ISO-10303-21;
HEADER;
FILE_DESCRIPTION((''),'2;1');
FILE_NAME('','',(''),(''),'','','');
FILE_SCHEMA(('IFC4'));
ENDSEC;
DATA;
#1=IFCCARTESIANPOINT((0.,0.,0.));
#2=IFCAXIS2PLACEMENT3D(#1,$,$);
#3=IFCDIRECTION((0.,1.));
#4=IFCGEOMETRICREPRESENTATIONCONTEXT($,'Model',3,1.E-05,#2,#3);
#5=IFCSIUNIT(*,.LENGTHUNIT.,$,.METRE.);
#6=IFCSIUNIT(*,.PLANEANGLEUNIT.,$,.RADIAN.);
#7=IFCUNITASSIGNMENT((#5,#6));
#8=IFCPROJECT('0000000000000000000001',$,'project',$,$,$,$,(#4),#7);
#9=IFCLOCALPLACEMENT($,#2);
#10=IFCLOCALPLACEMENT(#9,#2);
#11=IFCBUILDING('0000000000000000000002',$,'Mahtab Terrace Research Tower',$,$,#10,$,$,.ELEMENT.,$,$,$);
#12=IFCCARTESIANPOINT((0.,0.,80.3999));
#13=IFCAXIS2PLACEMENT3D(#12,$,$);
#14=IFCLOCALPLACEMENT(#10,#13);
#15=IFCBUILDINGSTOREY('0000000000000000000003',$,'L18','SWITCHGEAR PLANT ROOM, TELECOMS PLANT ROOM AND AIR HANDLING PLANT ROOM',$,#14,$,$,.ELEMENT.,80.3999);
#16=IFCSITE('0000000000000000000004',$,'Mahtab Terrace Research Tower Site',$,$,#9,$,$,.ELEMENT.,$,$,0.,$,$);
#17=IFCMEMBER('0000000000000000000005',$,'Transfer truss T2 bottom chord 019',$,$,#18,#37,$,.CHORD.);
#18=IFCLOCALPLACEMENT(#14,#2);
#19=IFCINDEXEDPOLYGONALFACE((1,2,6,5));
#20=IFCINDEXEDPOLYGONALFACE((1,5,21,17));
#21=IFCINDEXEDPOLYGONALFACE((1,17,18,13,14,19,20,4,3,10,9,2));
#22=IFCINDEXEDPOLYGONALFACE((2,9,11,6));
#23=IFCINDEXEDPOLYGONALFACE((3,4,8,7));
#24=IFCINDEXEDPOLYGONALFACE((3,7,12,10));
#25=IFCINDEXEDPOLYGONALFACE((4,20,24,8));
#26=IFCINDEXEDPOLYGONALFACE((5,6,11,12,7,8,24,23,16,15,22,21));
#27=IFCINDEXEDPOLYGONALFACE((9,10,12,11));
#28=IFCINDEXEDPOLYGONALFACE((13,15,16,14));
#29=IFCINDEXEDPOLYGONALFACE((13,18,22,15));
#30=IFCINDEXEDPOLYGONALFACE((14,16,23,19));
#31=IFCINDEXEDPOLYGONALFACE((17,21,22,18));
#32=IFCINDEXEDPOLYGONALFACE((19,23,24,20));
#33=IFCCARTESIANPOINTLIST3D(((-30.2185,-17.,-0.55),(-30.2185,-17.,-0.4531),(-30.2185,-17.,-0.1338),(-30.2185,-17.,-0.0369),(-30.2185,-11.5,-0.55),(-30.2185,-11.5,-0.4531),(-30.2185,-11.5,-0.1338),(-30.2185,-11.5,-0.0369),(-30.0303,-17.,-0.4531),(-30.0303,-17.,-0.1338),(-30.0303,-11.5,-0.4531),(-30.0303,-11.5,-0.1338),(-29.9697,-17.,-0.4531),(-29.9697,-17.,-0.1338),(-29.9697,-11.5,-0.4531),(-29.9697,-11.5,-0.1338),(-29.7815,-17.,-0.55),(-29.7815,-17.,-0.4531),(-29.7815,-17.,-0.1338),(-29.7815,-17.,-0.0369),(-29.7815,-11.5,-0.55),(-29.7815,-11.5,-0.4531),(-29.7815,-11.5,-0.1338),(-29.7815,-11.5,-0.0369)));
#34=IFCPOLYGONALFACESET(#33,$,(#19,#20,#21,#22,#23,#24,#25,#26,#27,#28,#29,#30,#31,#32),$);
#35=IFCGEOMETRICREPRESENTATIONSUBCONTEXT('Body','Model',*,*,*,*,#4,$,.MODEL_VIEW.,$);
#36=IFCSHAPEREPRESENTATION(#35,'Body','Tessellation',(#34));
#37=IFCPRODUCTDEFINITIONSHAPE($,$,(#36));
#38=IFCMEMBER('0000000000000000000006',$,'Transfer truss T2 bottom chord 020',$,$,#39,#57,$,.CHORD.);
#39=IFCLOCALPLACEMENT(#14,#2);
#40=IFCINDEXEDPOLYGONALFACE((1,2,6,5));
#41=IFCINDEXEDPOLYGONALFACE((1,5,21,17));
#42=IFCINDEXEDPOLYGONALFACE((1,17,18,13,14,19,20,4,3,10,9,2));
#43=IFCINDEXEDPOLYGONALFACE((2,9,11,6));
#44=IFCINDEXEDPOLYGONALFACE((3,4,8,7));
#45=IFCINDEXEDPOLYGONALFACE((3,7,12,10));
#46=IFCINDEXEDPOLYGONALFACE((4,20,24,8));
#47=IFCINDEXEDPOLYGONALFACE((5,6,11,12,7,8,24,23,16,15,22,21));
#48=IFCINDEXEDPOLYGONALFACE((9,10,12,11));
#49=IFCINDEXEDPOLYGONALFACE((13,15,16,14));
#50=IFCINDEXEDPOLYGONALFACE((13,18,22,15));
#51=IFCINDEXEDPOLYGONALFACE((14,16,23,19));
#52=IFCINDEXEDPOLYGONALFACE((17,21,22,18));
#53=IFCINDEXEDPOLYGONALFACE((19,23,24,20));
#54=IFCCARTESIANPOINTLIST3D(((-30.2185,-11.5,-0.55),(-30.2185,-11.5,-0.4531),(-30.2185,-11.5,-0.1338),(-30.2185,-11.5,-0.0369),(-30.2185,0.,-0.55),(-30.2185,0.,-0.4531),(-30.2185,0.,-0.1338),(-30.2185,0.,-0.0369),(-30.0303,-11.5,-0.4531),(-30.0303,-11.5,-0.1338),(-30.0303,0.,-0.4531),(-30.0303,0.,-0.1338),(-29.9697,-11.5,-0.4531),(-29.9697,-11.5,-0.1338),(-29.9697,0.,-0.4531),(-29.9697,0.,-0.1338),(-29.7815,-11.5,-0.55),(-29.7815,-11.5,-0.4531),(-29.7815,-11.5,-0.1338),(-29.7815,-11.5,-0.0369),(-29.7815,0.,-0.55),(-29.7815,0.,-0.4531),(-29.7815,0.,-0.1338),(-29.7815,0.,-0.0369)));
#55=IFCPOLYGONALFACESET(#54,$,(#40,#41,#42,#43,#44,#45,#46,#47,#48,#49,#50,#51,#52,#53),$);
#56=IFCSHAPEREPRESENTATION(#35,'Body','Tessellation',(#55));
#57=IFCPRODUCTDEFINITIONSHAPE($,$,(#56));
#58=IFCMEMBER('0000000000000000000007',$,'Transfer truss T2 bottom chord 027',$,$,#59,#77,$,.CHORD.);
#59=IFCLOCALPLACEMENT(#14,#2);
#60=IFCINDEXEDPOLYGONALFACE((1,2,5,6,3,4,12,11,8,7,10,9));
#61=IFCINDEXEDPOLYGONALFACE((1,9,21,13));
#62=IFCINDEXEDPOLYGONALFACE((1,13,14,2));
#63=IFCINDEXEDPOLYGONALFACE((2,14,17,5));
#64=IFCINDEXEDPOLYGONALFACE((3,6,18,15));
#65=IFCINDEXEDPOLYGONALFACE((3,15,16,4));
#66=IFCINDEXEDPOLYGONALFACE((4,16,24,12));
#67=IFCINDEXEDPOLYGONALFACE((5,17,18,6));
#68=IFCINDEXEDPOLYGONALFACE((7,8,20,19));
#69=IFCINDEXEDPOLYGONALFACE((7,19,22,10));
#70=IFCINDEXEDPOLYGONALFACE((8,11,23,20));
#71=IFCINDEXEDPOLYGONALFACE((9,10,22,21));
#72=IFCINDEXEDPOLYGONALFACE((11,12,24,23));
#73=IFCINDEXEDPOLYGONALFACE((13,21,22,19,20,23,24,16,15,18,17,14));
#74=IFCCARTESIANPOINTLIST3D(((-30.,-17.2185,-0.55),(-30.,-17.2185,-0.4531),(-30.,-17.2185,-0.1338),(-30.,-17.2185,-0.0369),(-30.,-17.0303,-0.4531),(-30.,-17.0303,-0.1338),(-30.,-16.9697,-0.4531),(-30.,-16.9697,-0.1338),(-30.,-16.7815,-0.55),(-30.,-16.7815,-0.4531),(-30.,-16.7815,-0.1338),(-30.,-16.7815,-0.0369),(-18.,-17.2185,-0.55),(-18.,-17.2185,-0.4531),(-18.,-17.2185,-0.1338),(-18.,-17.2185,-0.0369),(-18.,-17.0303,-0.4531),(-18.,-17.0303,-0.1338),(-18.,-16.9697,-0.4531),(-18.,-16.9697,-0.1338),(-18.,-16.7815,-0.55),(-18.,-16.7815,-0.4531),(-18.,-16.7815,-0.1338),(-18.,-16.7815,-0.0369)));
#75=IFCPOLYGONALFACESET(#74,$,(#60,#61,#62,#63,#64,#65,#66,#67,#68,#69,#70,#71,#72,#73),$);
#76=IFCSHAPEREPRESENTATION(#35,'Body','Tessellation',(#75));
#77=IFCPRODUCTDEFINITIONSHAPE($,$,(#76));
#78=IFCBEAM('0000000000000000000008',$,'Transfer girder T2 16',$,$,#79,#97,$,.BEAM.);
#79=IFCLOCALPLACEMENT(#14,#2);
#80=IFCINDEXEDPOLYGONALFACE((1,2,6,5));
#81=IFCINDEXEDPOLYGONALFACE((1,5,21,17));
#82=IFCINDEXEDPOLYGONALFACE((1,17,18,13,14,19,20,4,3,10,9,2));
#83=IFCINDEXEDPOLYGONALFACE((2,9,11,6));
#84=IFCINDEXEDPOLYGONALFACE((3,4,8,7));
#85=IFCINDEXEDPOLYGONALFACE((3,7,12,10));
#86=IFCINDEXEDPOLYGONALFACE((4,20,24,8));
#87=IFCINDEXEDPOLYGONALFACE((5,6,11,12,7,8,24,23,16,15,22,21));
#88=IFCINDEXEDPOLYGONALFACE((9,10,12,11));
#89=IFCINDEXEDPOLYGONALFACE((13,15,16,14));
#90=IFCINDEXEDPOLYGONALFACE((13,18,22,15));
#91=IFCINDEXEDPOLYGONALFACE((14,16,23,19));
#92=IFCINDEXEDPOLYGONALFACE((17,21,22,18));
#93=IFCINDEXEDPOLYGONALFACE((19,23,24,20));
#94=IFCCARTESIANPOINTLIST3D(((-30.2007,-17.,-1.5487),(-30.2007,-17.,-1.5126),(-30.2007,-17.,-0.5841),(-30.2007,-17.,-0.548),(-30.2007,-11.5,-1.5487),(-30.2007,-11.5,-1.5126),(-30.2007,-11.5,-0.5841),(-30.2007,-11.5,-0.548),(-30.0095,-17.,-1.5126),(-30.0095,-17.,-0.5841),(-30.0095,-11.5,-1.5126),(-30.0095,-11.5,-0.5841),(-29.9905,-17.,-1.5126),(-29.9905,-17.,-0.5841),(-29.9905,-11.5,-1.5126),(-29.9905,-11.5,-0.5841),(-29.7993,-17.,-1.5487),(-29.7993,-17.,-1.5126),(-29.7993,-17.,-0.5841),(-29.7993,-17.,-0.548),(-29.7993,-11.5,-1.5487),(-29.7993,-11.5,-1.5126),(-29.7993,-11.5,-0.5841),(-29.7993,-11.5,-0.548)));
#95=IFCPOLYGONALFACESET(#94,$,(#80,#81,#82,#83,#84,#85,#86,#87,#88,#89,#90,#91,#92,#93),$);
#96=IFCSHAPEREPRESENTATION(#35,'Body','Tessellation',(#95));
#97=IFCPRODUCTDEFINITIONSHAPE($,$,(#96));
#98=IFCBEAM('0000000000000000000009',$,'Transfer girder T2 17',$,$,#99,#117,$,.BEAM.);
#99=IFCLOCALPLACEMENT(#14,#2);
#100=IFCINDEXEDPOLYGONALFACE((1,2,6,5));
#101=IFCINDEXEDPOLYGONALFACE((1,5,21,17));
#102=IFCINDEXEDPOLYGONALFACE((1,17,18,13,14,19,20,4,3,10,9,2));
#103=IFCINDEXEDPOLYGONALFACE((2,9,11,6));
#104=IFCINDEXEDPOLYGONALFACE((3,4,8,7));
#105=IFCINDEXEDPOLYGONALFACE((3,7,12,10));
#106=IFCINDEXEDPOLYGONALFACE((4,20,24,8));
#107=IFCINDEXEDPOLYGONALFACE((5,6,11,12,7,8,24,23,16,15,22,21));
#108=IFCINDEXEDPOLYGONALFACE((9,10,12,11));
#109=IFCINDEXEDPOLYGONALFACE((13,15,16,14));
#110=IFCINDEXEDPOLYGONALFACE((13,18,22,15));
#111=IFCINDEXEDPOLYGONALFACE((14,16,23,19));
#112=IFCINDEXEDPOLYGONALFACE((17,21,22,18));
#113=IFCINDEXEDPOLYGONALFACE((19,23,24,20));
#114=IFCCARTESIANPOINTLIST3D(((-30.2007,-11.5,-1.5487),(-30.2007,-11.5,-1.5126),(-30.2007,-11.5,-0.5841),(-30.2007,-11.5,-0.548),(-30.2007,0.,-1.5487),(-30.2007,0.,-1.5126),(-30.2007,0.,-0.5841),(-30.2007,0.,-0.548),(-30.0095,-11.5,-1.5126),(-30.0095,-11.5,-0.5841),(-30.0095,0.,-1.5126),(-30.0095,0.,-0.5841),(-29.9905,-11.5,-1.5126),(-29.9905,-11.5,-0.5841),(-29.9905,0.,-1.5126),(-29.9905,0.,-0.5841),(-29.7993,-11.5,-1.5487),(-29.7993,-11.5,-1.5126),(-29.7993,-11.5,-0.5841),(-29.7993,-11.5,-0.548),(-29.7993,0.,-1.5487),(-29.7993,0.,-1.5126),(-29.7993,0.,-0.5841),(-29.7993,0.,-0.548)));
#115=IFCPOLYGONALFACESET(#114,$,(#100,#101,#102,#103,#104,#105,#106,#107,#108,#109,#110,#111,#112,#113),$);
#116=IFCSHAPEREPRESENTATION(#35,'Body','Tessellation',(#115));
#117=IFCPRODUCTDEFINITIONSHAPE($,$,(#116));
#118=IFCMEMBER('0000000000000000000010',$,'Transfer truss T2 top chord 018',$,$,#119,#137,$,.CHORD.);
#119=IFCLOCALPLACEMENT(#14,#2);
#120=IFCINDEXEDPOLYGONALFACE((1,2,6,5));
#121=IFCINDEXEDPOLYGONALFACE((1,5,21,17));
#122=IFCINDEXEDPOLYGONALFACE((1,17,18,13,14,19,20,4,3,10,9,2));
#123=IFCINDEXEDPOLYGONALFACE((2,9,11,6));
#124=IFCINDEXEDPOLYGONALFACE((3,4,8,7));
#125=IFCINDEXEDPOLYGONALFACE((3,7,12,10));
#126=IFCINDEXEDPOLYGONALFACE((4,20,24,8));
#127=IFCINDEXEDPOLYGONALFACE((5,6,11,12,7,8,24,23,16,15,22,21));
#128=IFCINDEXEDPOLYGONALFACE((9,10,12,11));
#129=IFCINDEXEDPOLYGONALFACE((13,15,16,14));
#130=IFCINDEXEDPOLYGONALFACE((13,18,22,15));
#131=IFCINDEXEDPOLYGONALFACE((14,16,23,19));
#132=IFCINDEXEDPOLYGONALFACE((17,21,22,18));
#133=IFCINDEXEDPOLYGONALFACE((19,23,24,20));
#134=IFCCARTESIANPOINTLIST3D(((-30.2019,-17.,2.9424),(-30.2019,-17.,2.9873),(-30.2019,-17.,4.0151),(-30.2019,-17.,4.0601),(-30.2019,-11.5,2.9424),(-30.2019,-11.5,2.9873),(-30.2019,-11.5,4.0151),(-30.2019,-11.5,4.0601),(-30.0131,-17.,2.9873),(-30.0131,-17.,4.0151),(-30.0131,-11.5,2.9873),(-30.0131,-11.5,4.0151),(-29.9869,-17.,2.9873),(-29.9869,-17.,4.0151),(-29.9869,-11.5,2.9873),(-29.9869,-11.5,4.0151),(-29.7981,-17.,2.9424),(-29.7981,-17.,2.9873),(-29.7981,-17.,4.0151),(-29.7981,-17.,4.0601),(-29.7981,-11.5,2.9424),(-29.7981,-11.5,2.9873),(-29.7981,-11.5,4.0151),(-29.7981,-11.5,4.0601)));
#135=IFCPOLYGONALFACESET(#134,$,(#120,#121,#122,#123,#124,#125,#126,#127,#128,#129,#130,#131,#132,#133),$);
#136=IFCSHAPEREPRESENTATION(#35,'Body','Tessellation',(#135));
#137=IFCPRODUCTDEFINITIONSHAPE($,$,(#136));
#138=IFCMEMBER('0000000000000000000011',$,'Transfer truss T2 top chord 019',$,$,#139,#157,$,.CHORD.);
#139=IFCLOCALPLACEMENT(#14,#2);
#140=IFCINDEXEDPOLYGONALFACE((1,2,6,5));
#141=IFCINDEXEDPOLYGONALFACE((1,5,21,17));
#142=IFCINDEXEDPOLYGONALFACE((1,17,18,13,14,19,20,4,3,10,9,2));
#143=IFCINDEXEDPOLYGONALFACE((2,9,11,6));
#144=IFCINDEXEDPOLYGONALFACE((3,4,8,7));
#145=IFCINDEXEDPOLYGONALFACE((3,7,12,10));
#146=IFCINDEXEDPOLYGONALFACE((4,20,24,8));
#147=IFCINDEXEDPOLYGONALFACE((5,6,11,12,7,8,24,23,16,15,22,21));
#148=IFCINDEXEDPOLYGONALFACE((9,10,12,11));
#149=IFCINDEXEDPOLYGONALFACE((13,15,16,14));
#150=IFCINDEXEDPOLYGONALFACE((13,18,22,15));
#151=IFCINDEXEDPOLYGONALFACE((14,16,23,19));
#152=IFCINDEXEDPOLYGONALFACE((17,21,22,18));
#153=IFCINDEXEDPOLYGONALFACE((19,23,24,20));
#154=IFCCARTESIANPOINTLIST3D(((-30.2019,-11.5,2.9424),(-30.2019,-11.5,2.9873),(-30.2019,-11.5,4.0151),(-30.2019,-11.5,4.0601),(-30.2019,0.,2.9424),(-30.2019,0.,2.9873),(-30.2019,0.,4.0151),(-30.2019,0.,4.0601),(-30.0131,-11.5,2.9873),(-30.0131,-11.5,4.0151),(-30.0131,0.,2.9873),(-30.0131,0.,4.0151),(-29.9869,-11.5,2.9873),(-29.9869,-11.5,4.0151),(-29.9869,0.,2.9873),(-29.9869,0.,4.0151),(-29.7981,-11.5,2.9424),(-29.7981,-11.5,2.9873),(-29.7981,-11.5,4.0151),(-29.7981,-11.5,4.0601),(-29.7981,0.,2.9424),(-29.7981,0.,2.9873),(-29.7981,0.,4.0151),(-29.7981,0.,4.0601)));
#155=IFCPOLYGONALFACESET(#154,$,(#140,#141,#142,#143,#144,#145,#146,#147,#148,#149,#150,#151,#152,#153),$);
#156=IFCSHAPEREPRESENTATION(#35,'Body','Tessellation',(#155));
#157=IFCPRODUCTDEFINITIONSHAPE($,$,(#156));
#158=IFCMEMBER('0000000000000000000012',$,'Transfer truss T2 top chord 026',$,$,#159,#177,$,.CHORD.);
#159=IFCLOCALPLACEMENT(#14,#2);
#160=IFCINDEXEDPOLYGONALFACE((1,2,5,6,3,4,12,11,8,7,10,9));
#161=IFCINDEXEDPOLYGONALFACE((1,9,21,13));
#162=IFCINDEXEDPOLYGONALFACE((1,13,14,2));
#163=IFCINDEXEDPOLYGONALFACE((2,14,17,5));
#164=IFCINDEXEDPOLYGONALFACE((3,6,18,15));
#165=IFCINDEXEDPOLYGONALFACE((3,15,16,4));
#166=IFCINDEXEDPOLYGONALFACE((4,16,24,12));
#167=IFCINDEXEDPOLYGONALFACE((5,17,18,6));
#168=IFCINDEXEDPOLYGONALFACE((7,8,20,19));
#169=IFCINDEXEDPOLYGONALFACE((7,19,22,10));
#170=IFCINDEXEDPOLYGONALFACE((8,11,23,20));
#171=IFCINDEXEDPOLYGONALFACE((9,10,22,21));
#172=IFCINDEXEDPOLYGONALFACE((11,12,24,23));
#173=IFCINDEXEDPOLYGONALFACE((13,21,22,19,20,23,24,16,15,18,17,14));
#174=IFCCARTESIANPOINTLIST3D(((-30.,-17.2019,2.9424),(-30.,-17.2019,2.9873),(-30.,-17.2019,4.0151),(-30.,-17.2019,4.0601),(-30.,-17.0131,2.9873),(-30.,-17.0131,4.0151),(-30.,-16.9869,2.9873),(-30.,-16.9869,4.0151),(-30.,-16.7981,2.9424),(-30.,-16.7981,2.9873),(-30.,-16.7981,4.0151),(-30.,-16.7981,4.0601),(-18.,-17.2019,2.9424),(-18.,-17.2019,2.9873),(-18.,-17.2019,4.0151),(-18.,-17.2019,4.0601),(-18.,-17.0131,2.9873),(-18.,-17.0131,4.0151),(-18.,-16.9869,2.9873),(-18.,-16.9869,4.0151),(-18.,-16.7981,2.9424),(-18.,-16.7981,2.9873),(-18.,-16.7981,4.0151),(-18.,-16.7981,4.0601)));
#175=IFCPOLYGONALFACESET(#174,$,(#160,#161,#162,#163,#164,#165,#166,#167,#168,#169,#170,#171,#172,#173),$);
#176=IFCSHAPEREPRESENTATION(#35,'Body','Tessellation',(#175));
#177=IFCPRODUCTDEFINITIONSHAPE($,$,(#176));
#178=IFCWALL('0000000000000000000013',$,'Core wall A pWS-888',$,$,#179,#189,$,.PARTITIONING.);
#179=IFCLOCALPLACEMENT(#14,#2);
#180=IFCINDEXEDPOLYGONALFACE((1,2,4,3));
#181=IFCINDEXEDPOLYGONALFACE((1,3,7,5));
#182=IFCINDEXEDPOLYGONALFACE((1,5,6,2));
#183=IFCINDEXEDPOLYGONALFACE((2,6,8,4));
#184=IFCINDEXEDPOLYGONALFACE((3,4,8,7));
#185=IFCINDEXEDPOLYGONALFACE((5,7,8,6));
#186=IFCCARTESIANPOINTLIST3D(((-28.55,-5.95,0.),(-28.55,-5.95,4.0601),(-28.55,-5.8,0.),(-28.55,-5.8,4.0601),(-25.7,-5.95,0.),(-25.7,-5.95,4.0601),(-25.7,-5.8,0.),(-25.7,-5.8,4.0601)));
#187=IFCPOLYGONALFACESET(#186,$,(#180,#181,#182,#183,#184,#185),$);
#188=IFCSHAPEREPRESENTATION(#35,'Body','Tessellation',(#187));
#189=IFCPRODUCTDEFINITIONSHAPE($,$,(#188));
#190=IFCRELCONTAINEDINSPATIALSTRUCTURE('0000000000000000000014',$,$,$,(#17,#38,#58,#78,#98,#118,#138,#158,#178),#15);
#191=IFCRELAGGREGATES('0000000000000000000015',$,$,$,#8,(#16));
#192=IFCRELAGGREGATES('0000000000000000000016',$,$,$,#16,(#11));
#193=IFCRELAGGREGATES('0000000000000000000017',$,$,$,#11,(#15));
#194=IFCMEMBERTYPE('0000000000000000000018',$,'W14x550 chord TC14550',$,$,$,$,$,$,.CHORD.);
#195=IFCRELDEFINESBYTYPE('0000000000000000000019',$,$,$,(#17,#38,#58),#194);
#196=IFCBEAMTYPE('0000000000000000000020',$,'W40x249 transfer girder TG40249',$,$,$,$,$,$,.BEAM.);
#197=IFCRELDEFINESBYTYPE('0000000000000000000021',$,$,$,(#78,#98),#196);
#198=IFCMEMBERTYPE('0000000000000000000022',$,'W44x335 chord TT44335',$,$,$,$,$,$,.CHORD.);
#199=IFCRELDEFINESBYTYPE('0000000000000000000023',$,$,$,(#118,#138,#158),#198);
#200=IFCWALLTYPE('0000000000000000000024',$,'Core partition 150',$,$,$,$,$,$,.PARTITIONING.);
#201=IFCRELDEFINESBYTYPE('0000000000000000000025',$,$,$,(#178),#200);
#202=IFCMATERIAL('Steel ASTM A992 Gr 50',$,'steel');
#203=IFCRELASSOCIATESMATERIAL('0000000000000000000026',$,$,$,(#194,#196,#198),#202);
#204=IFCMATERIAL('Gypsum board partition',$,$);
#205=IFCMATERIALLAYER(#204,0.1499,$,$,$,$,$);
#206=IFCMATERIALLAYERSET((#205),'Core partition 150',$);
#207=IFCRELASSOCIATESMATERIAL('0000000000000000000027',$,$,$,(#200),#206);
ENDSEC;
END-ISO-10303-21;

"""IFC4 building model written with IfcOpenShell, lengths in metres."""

from ifc_helpers import new_model, si_unit, direction, frame, frame_2d, origin, origin_2d, place, context, subcontext, project, spatial, rectangle, i_section, extrude, material, layer, layer_set, material_profile, profile_set, type_object, element, save


model = new_model("IFC4")

# Units and contexts
model_context = context("Model", 3, precision=1e-05, world=origin(), true_north=direction((0.0, 1.0)))
body_context = subcontext(model_context, "Body", "Model", "MODEL_VIEW")
ifc_project = project(units=[si_unit("LENGTHUNIT", "METRE"), si_unit("PLANEANGLEUNIT", "RADIAN")], contexts=[model_context])

# Site, building, storey
site_placement = place(None, origin())
site = spatial("IfcSite", under=ifc_project, at=site_placement, Name="Mahtab Terrace Research Tower Site", CompositionType="ELEMENT", RefElevation=0.0)
building_placement = place(site_placement, origin())
building = spatial("IfcBuilding", under=site, at=building_placement, Name="Mahtab Terrace Research Tower", CompositionType="ELEMENT")
storey_placement = place(building_placement, frame((0.0, 0.0, 80.3999)))
storey = spatial("IfcBuildingStorey", under=building, at=storey_placement, Name="L18", Description="SWITCHGEAR PLANT ROOM, TELECOMS PLANT ROOM AND AIR HANDLING PLANT ROOM", CompositionType="ELEMENT", Elevation=80.3999)

# Shared definitions
ifc_material_1 = material(Name="Steel ASTM A992 Gr 50", Category="steel")

# Members
ifc_material_profile_1 = material_profile(ifc_material_1, i_section(OverallWidth=0.437, OverallDepth=0.5132, WebThickness=0.0605, FlangeThickness=0.0969, at=origin_2d()), Name="W14X550")
ifc_profile_set_1 = profile_set([ifc_material_profile_1], Name="Steel ASTM A992 Gr 50")
member_type_1 = type_object("IfcMemberType", Name="W14x550 chord TC14550", PredefinedType="CHORD", material=ifc_profile_set_1)
member_1_placement = place(storey_placement, frame((-30.0, -17.0, -0.2935), z_axis=(0.0, 1.0, 0.0), x_axis=(-1.0, 0.0, 0.0)))
element("IfcMember", 1, at=member_1_placement, inside=storey, type_object=member_type_1, Name="Transfer truss T2 bottom chord 019", PredefinedType="CHORD", context=body_context, shape_type="SweptSolid", body=[
    extrude(i_section(OverallWidth=0.437, OverallDepth=0.5132, WebThickness=0.0605, FlangeThickness=0.0969, at=origin_2d()), origin(), (0.0, 0.0, 1.0), 5.5),
])
member_2_placement = place(storey_placement, frame((-30.0, -11.5, -0.2935), z_axis=(0.0, 1.0, 0.0), x_axis=(-1.0, 0.0, 0.0)))
element("IfcMember", 2, at=member_2_placement, inside=storey, type_object=member_type_1, Name="Transfer truss T2 bottom chord 020", PredefinedType="CHORD", context=body_context, shape_type="SweptSolid", body=[
    extrude(i_section(OverallWidth=0.437, OverallDepth=0.5132, WebThickness=0.0605, FlangeThickness=0.0969, at=origin_2d()), origin(), (0.0, 0.0, 1.0), 11.5),
])
member_3_placement = place(storey_placement, frame((-30.0, -17.0, -0.2935), z_axis=(1.0, 0.0, 0.0), x_axis=(0.0, 1.0, 0.0)))
element("IfcMember", 3, at=member_3_placement, inside=storey, type_object=member_type_1, Name="Transfer truss T2 bottom chord 027", PredefinedType="CHORD", context=body_context, shape_type="SweptSolid", body=[
    extrude(i_section(OverallWidth=0.437, OverallDepth=0.5132, WebThickness=0.0605, FlangeThickness=0.0969, at=origin_2d()), origin(), (0.0, 0.0, 1.0), 12.0),
])

# Beams
ifc_material_profile_2 = material_profile(ifc_material_1, i_section(OverallWidth=0.4014, OverallDepth=1.0007, WebThickness=0.019, FlangeThickness=0.0361, at=origin_2d()), Name="W40X249")
ifc_profile_set_2 = profile_set([ifc_material_profile_2], Name="Steel ASTM A992 Gr 50")
beam_type = type_object("IfcBeamType", Name="W40x249 transfer girder TG40249", PredefinedType="BEAM", material=ifc_profile_set_2)
beam_1_placement = place(storey_placement, frame((-30.0, -17.0, -1.0483), z_axis=(0.0, 1.0, 0.0), x_axis=(-1.0, 0.0, 0.0)))
element("IfcBeam", 4, at=beam_1_placement, inside=storey, type_object=beam_type, Name="Transfer girder T2 16", PredefinedType="BEAM", context=body_context, shape_type="SweptSolid", body=[
    extrude(i_section(OverallWidth=0.4014, OverallDepth=1.0007, WebThickness=0.019, FlangeThickness=0.0361, at=origin_2d()), origin(), (0.0, 0.0, 1.0), 5.5),
])
beam_2_placement = place(storey_placement, frame((-30.0, -11.5, -1.0483), z_axis=(0.0, 1.0, 0.0), x_axis=(-1.0, 0.0, 0.0)))
element("IfcBeam", 5, at=beam_2_placement, inside=storey, type_object=beam_type, Name="Transfer girder T2 17", PredefinedType="BEAM", context=body_context, shape_type="SweptSolid", body=[
    extrude(i_section(OverallWidth=0.4014, OverallDepth=1.0007, WebThickness=0.019, FlangeThickness=0.0361, at=origin_2d()), origin(), (0.0, 0.0, 1.0), 11.5),
])

# Members
ifc_material_profile_3 = material_profile(ifc_material_1, i_section(OverallWidth=0.4038, OverallDepth=1.1177, WebThickness=0.0261, FlangeThickness=0.0449, at=origin_2d()), Name="W44X335")
ifc_profile_set_3 = profile_set([ifc_material_profile_3], Name="Steel ASTM A992 Gr 50")
member_type_2 = type_object("IfcMemberType", Name="W44x335 chord TT44335", PredefinedType="CHORD", material=ifc_profile_set_3)
member_4_placement = place(storey_placement, frame((-30.0, -17.0, 3.5012), z_axis=(0.0, 1.0, 0.0), x_axis=(-1.0, 0.0, 0.0)))
element("IfcMember", 6, at=member_4_placement, inside=storey, type_object=member_type_2, Name="Transfer truss T2 top chord 018", PredefinedType="CHORD", context=body_context, shape_type="SweptSolid", body=[
    extrude(i_section(OverallWidth=0.4038, OverallDepth=1.1177, WebThickness=0.0261, FlangeThickness=0.0449, at=origin_2d()), origin(), (0.0, 0.0, 1.0), 5.5),
])
member_5_placement = place(storey_placement, frame((-30.0, -11.5, 3.5012), z_axis=(0.0, 1.0, 0.0), x_axis=(-1.0, 0.0, 0.0)))
element("IfcMember", 7, at=member_5_placement, inside=storey, type_object=member_type_2, Name="Transfer truss T2 top chord 019", PredefinedType="CHORD", context=body_context, shape_type="SweptSolid", body=[
    extrude(i_section(OverallWidth=0.4038, OverallDepth=1.1177, WebThickness=0.0261, FlangeThickness=0.0449, at=origin_2d()), origin(), (0.0, 0.0, 1.0), 11.5),
])
member_6_placement = place(storey_placement, frame((-30.0, -17.0, 3.5012), z_axis=(1.0, 0.0, 0.0), x_axis=(0.0, 1.0, 0.0)))
element("IfcMember", 8, at=member_6_placement, inside=storey, type_object=member_type_2, Name="Transfer truss T2 top chord 026", PredefinedType="CHORD", context=body_context, shape_type="SweptSolid", body=[
    extrude(i_section(OverallWidth=0.4038, OverallDepth=1.1177, WebThickness=0.0261, FlangeThickness=0.0449, at=origin_2d()), origin(), (0.0, 0.0, 1.0), 12.0),
])

# Wall
ifc_material_2 = material(Name="Gypsum board partition")
ifc_layer_1 = layer(ifc_material_2, 0.1499)
ifc_layer_set_1 = layer_set([ifc_layer_1], Name="Core partition 150")
wall_type_1 = type_object("IfcWallType", Name="Core partition 150", PredefinedType="PARTITIONING", material=ifc_layer_set_1)
wall_1_placement = place(storey_placement, frame((-28.55, -5.875, 0.0), z_axis=(0.0, 0.0, 1.0), x_axis=(1.0, 0.0, 0.0)))
element("IfcWall", 9, at=wall_1_placement, inside=storey, type_object=wall_type_1, Name="Core wall A pWS-888", PredefinedType="PARTITIONING", context=body_context, shape_type="SweptSolid", body=[
    extrude(rectangle(XDim=2.8501, YDim=0.1499, at=frame_2d((1.425, 0.0))), origin(), (0.0, 0.0, 1.0), 4.0601),
])

save(model, "model.ifc")
